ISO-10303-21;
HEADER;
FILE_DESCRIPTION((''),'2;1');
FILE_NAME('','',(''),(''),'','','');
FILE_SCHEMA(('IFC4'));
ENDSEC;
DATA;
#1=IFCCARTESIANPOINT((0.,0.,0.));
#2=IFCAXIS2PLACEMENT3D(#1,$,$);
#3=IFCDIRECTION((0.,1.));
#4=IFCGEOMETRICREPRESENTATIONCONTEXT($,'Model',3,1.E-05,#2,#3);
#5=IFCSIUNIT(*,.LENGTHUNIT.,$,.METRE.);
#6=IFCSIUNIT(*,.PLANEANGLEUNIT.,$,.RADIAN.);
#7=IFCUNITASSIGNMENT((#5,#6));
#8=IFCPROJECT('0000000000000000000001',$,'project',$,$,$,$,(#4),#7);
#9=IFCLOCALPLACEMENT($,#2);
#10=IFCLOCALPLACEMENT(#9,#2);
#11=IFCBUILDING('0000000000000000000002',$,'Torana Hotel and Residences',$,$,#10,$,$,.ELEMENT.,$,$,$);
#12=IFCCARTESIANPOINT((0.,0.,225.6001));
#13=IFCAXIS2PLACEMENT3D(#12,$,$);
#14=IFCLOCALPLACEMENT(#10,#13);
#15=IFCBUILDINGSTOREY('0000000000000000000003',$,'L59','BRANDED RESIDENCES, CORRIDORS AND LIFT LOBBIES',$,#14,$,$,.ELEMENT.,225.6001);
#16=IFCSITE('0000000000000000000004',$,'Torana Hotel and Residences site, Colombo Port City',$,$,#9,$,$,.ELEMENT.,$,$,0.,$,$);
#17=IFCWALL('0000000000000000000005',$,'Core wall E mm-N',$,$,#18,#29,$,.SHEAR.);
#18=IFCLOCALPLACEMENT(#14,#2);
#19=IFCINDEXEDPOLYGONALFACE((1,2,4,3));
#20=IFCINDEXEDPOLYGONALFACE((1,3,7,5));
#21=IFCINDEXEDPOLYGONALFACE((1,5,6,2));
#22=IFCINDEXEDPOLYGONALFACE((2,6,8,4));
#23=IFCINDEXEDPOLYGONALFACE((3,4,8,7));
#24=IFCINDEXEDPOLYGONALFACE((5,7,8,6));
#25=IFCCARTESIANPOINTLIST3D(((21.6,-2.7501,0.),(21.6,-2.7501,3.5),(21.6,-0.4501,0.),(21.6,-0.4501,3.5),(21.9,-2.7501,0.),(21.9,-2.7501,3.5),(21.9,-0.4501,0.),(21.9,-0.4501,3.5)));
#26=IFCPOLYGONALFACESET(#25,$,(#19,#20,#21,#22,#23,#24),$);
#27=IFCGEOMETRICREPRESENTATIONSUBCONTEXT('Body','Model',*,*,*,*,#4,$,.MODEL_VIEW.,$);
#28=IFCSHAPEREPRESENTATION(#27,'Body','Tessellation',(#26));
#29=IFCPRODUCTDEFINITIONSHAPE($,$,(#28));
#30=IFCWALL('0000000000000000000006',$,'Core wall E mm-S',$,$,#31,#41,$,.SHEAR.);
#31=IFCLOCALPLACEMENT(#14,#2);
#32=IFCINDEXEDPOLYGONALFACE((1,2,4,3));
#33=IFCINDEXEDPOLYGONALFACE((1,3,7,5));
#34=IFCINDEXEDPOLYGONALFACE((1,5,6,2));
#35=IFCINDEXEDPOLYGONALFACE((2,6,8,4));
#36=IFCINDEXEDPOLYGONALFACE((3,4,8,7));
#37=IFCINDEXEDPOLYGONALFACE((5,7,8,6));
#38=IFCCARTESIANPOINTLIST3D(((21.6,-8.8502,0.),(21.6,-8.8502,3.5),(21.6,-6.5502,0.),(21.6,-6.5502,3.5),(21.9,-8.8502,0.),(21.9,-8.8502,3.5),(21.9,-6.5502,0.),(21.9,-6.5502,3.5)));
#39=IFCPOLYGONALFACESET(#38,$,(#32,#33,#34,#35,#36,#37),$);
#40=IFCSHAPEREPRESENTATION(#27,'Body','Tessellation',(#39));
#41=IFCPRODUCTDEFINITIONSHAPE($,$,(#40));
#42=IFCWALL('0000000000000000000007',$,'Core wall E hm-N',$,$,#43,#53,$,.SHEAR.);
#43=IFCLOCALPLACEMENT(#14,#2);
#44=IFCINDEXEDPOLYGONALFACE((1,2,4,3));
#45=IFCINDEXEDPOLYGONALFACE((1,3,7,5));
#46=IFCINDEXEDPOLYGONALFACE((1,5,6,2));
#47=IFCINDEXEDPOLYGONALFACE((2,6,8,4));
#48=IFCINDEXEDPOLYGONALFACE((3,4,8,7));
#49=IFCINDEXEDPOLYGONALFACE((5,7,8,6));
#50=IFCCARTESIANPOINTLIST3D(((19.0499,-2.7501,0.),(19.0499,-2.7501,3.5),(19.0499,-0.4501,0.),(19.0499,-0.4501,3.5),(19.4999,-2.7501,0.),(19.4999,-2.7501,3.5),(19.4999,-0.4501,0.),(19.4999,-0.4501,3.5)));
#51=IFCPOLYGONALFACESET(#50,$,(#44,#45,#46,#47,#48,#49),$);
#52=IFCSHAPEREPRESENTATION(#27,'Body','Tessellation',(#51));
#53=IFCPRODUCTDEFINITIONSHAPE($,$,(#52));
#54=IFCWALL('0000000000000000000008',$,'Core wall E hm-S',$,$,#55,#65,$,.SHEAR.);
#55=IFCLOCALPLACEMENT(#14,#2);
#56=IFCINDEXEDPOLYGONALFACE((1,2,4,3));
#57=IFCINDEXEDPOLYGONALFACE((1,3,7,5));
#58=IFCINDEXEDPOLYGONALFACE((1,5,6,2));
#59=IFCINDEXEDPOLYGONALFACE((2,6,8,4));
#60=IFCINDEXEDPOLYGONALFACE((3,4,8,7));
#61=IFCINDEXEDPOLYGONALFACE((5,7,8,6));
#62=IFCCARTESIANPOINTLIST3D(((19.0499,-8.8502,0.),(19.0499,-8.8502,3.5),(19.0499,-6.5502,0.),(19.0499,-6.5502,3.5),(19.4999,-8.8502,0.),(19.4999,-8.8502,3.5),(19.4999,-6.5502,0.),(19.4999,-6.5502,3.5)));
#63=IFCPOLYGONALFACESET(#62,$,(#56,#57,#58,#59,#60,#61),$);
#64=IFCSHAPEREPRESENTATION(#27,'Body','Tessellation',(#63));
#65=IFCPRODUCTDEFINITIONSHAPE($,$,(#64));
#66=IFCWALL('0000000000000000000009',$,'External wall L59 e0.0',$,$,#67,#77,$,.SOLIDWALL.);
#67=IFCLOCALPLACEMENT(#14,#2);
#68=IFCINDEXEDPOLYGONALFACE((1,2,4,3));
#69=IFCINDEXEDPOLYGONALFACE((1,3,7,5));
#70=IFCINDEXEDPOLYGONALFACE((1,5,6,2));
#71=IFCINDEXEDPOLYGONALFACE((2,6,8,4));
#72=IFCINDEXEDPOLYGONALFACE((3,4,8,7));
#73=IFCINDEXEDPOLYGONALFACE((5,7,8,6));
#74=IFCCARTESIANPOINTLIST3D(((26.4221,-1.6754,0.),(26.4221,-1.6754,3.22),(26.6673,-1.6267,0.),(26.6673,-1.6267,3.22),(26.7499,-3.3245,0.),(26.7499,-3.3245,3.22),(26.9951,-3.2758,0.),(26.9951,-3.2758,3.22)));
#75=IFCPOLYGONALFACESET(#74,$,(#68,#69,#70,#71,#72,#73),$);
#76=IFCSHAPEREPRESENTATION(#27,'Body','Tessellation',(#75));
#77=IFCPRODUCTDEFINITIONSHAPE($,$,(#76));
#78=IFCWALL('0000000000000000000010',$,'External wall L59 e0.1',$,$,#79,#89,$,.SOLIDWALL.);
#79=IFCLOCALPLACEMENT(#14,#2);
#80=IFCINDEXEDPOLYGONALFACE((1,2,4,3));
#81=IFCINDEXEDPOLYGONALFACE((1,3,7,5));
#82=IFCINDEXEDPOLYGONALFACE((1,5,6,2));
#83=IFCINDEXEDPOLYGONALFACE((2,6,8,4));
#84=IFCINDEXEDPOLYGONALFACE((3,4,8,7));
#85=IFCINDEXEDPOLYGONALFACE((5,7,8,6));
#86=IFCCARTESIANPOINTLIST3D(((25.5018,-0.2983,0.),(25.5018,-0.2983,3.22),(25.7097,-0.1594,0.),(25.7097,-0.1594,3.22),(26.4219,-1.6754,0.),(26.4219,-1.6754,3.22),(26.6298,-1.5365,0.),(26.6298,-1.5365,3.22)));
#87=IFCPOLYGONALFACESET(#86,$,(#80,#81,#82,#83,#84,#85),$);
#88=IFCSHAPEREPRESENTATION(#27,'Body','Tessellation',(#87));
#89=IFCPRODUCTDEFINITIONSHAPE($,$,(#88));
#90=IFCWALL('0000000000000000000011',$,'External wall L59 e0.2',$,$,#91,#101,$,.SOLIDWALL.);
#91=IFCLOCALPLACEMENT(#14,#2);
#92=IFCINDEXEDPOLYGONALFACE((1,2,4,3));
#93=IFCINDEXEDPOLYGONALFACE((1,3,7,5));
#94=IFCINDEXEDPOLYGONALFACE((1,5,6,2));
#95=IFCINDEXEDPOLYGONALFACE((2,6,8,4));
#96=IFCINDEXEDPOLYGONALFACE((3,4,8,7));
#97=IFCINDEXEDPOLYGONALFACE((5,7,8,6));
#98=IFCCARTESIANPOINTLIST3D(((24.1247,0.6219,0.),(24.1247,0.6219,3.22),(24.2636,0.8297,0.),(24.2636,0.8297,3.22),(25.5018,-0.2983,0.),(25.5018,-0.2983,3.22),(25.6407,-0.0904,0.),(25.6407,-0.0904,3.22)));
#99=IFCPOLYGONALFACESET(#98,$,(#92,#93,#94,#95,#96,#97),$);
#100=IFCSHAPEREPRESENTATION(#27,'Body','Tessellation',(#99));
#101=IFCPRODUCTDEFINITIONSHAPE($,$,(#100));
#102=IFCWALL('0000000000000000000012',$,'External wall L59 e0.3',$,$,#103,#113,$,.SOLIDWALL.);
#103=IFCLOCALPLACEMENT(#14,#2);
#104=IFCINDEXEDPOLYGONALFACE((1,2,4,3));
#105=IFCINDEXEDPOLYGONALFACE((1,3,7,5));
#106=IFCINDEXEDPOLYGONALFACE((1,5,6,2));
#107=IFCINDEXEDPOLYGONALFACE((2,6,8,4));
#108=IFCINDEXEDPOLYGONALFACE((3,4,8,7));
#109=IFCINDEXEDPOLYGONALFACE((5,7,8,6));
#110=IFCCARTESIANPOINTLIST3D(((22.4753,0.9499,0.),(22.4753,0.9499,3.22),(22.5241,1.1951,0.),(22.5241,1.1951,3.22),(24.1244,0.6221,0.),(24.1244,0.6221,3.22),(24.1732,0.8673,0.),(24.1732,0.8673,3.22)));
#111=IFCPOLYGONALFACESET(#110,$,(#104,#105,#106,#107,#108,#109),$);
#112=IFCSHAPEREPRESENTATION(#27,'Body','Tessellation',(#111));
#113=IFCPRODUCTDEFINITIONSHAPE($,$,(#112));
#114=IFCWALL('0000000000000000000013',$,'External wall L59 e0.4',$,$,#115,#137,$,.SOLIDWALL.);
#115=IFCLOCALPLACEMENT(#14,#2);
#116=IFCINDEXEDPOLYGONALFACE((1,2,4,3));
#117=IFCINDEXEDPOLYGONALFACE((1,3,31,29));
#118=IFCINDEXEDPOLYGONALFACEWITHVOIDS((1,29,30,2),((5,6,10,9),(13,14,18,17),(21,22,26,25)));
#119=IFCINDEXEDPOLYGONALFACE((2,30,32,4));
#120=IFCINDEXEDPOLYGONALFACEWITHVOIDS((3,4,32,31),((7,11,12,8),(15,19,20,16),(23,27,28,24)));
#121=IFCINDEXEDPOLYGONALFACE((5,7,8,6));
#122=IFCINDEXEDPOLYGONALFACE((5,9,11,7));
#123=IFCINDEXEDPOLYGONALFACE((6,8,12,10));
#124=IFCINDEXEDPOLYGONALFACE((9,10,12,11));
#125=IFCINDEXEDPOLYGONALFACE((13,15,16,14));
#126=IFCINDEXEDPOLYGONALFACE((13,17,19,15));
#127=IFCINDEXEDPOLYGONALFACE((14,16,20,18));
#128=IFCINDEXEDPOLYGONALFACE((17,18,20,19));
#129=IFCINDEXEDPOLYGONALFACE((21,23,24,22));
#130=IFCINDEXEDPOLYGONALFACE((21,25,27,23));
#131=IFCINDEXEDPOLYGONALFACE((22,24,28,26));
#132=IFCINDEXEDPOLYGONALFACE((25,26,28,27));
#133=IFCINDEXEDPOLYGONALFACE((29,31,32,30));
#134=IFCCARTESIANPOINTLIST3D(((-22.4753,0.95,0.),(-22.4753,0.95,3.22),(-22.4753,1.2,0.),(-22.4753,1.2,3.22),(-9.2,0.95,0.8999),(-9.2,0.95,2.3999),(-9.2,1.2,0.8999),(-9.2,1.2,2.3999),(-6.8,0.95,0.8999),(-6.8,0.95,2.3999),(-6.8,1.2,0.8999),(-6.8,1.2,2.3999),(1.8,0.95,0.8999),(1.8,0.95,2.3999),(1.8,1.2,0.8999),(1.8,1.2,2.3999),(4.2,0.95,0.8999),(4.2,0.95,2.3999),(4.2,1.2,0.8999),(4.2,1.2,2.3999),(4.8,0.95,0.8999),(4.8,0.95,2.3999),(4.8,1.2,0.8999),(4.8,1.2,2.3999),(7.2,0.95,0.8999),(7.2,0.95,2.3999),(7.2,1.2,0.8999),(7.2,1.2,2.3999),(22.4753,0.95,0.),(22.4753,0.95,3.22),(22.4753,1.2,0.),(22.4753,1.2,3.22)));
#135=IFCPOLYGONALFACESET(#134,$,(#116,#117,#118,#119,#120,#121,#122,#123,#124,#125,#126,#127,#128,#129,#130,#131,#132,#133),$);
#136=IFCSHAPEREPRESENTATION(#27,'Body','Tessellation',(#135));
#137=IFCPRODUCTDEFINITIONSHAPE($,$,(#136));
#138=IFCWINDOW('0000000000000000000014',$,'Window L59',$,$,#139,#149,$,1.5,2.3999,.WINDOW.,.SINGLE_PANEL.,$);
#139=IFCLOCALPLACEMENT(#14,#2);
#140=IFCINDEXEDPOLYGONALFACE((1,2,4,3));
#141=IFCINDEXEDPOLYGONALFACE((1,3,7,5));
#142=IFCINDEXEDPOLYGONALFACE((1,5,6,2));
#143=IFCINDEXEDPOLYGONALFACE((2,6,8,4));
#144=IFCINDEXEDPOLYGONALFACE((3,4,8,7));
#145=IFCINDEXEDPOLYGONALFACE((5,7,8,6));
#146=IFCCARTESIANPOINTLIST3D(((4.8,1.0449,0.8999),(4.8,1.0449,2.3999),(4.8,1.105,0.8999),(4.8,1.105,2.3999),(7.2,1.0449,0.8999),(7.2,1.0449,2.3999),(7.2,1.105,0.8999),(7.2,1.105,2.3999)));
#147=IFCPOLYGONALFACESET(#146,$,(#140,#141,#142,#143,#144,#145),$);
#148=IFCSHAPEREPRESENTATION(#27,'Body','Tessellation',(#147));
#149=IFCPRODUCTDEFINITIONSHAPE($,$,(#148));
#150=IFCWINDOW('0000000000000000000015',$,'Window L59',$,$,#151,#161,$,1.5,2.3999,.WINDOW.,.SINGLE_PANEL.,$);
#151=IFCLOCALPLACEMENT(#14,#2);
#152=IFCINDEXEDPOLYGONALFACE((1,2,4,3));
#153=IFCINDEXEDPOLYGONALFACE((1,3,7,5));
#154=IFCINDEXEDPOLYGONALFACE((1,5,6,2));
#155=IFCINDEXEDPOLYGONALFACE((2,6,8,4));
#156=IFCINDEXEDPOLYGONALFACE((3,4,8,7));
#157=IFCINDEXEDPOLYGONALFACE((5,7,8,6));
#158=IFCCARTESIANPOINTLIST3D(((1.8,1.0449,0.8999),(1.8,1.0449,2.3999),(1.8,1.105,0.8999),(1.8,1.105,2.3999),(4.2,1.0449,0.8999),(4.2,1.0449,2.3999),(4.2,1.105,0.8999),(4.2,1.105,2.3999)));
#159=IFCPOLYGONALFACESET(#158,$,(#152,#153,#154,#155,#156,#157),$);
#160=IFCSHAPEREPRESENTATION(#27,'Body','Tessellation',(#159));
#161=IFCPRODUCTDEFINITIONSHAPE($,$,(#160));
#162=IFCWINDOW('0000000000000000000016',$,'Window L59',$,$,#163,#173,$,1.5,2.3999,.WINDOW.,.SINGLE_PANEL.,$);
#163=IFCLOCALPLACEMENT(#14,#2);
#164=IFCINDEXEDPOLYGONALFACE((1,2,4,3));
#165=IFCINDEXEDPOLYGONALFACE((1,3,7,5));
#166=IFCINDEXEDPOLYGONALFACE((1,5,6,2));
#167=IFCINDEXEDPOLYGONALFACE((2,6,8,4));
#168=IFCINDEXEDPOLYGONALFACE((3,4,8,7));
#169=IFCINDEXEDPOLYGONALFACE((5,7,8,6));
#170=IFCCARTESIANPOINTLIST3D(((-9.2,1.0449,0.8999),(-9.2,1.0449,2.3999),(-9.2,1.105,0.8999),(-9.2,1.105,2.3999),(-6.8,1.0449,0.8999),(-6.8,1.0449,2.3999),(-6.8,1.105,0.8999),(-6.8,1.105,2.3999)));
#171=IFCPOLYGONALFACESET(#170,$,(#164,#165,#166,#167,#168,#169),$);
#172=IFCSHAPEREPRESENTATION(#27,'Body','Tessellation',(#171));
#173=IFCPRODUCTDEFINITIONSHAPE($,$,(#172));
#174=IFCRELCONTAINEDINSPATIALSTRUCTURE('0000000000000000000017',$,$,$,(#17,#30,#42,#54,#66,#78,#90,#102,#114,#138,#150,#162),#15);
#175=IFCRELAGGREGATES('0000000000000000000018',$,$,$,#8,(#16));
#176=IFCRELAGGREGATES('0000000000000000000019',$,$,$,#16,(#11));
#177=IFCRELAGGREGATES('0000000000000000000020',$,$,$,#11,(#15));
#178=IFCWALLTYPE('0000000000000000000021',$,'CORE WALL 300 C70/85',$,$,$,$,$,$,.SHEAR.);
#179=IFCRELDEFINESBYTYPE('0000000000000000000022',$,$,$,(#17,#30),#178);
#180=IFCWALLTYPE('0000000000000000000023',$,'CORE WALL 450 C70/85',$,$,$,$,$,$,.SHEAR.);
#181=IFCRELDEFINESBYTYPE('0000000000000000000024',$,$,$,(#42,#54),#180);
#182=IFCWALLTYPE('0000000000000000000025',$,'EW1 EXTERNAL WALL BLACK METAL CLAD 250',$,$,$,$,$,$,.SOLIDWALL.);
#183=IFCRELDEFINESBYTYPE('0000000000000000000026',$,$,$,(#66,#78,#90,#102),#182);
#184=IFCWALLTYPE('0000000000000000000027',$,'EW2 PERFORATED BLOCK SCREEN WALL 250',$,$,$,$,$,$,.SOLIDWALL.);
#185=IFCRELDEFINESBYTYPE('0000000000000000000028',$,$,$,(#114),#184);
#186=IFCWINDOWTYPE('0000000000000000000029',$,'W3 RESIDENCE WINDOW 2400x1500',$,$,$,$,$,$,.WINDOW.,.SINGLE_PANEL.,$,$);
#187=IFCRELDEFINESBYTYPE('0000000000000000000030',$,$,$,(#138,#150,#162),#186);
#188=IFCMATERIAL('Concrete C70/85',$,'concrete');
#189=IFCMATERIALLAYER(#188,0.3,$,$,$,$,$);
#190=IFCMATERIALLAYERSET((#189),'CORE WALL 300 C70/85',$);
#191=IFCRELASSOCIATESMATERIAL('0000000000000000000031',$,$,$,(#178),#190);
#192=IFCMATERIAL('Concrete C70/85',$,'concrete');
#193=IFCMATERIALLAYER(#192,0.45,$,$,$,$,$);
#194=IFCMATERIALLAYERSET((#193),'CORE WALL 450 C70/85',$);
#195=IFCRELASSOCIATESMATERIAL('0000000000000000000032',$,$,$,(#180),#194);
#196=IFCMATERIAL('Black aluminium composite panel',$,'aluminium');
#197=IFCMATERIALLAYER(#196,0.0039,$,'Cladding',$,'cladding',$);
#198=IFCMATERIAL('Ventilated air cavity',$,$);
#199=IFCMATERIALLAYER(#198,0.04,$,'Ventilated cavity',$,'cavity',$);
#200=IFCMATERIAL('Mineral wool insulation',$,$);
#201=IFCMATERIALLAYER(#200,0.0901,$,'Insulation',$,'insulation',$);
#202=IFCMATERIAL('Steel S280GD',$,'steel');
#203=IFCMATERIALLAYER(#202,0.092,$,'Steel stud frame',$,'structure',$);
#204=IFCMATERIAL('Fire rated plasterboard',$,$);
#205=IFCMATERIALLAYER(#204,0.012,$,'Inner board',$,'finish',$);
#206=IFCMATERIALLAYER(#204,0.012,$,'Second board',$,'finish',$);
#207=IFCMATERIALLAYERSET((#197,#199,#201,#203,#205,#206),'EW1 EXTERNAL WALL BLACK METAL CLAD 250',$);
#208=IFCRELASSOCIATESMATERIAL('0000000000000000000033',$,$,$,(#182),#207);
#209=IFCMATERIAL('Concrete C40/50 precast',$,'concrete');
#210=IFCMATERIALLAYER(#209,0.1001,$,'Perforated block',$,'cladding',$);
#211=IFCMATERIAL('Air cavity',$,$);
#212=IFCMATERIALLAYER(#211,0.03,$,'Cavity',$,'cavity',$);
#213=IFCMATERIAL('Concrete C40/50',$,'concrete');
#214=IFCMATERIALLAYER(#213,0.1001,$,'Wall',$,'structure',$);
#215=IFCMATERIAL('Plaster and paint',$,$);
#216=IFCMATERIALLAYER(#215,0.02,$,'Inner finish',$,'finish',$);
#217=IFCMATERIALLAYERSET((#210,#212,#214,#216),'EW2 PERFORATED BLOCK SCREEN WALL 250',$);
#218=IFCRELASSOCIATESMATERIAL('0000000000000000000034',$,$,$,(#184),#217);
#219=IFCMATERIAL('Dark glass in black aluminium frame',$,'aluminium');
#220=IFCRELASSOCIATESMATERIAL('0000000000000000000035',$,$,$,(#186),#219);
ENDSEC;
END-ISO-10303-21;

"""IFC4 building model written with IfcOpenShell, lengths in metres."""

from ifc_helpers import new_model, si_unit, direction, frame, frame_2d, origin, place, context, subcontext, project, spatial, rectangle, extrude, material, layer, layer_set, type_object, element, fill, save


model = new_model("IFC4")

# Units and contexts
model_context = context("Model", 3, precision=1e-05, world=origin(), true_north=direction((0.0, 1.0)))
body_context = subcontext(model_context, "Body", "Model", "MODEL_VIEW")
ifc_project = project(units=[si_unit("LENGTHUNIT", "METRE"), si_unit("PLANEANGLEUNIT", "RADIAN")], contexts=[model_context])

# Site, building, storey
site_placement = place(None, origin())
site = spatial("IfcSite", under=ifc_project, at=site_placement, Name="Torana Hotel and Residences site, Colombo Port City", CompositionType="ELEMENT", RefElevation=0.0)
building_placement = place(site_placement, origin())
building = spatial("IfcBuilding", under=site, at=building_placement, Name="Torana Hotel and Residences", CompositionType="ELEMENT")
storey_placement = place(building_placement, frame((0.0, 0.0, 225.6001)))
storey = spatial("IfcBuildingStorey", under=building, at=storey_placement, Name="L59", Description="BRANDED RESIDENCES, CORRIDORS AND LIFT LOBBIES", CompositionType="ELEMENT", Elevation=225.6001)

# Walls
ifc_material_1 = material(Name="Concrete C70/85", Category="concrete")
ifc_layer_1 = layer(ifc_material_1, 0.3)
ifc_layer_set_1 = layer_set([ifc_layer_1], Name="CORE WALL 300 C70/85")
wall_type_1 = type_object("IfcWallType", Name="CORE WALL 300 C70/85", PredefinedType="SHEAR", material=ifc_layer_set_1)
for number, where, z_axis, x_axis, name in (
    (1, (21.75, -2.75, 0.0), (0.0, 0.0, 1.0), (0.0, 1.0, 0.0), "Core wall E mm-N"),
    (2, (21.75, -8.8501, 0.0), (0.0, 0.0, 1.0), (0.0, 1.0, 0.0), "Core wall E mm-S"),
):
    element("IfcWall", number, at=place(storey_placement, frame(where, z_axis=z_axis, x_axis=x_axis)), inside=storey, type_object=wall_type_1, Name=name, PredefinedType="SHEAR", context=body_context, shape_type="SweptSolid", body=[
        extrude(rectangle(XDim=2.3, YDim=0.3, at=frame_2d((1.1499, 0.0))), origin(), (0.0, 0.0, 1.0), 3.5),
    ])
ifc_material_2 = material(Name="Concrete C70/85", Category="concrete")
ifc_layer_2 = layer(ifc_material_2, 0.45)
ifc_layer_set_2 = layer_set([ifc_layer_2], Name="CORE WALL 450 C70/85")
wall_type_2 = type_object("IfcWallType", Name="CORE WALL 450 C70/85", PredefinedType="SHEAR", material=ifc_layer_set_2)
for number, where, z_axis, x_axis, name in (
    (3, (19.2749, -2.75, 0.0), (0.0, 0.0, 1.0), (0.0, 1.0, 0.0), "Core wall E hm-N"),
    (4, (19.2749, -8.8501, 0.0), (0.0, 0.0, 1.0), (0.0, 1.0, 0.0), "Core wall E hm-S"),
):
    element("IfcWall", number, at=place(storey_placement, frame(where, z_axis=z_axis, x_axis=x_axis)), inside=storey, type_object=wall_type_2, Name=name, PredefinedType="SHEAR", context=body_context, shape_type="SweptSolid", body=[
        extrude(rectangle(XDim=2.3, YDim=0.45, at=frame_2d((1.1499, 0.0))), origin(), (0.0, 0.0, 1.0), 3.5),
    ])
ifc_material_3 = material(Name="Black aluminium composite panel", Category="aluminium")
ifc_layer_3 = layer(ifc_material_3, 0.0039, Name="Cladding", Category="cladding")
ifc_material_4 = material(Name="Ventilated air cavity")
ifc_layer_4 = layer(ifc_material_4, 0.04, Name="Ventilated cavity", Category="cavity")
ifc_material_5 = material(Name="Mineral wool insulation")
ifc_layer_5 = layer(ifc_material_5, 0.0901, Name="Insulation", Category="insulation")
ifc_material_6 = material(Name="Steel S280GD", Category="steel")
ifc_layer_6 = layer(ifc_material_6, 0.092, Name="Steel stud frame", Category="structure")
ifc_material_7 = material(Name="Fire rated plasterboard")
ifc_layer_7 = layer(ifc_material_7, 0.012, Name="Inner board", Category="finish")
ifc_layer_8 = layer(ifc_material_7, 0.012, Name="Second board", Category="finish")
ifc_layer_set_3 = layer_set([ifc_layer_3, ifc_layer_4, ifc_layer_5, ifc_layer_6, ifc_layer_7, ifc_layer_8], Name="EW1 EXTERNAL WALL BLACK METAL CLAD 250")
wall_type_3 = type_object("IfcWallType", Name="EW1 EXTERNAL WALL BLACK METAL CLAD 250", PredefinedType="SOLIDWALL", material=ifc_layer_set_3)
wall_1_placement = place(storey_placement, frame((26.8726, -3.3003, 0.0), z_axis=(0.0, 0.0, 1.0), x_axis=(-0.194999, 0.980803, 0.0)))
element("IfcWall", 5, at=wall_1_placement, inside=storey, type_object=wall_type_3, Name="External wall L59 e0.0", PredefinedType="SOLIDWALL", context=body_context, shape_type="SweptSolid", body=[
    extrude(rectangle(XDim=1.6814, YDim=0.25, at=frame_2d((0.8408, 0.0))), origin(), (0.0, 0.0, 1.0), 3.22),
])
for number, where, z_axis, x_axis, name in (
    (6, (26.5259, -1.606, 0.0), (0.0, 0.0, 1.0), (-0.55555, 0.831483, 0.0), "External wall L59 e0.1"),
    (7, (25.5713, -0.1943, 0.0), (0.0, 0.0, 1.0), (-0.831483, 0.55555, 0.0), "External wall L59 e0.2"),
):
    element("IfcWall", number, at=place(storey_placement, frame(where, z_axis=z_axis, x_axis=x_axis)), inside=storey, type_object=wall_type_3, Name=name, PredefinedType="SOLIDWALL", context=body_context, shape_type="SweptSolid", body=[
        extrude(rectangle(XDim=1.6562, YDim=0.25, at=frame_2d((0.8281, 0.0))), origin(), (0.0, 0.0, 1.0), 3.22),
    ])
wall_2_placement = place(storey_placement, frame((24.1489, 0.7446, 0.0), z_axis=(0.0, 0.0, 1.0), x_axis=(-0.980803, 0.194999, 0.0)))
element("IfcWall", 8, at=wall_2_placement, inside=storey, type_object=wall_type_3, Name="External wall L59 e0.3", PredefinedType="SOLIDWALL", context=body_context, shape_type="SweptSolid", body=[
    extrude(rectangle(XDim=1.6814, YDim=0.25, at=frame_2d((0.8408, 0.0))), origin(), (0.0, 0.0, 1.0), 3.22),
])

# Wall, openings, windows
ifc_material_8 = material(Name="Concrete C40/50 precast", Category="concrete")
ifc_layer_9 = layer(ifc_material_8, 0.1001, Name="Perforated block", Category="cladding")
ifc_material_9 = material(Name="Air cavity")
ifc_layer_10 = layer(ifc_material_9, 0.03, Name="Cavity", Category="cavity")
ifc_material_10 = material(Name="Concrete C40/50", Category="concrete")
ifc_layer_11 = layer(ifc_material_10, 0.1001, Name="Wall", Category="structure")
ifc_material_11 = material(Name="Plaster and paint")
ifc_layer_12 = layer(ifc_material_11, 0.02, Name="Inner finish", Category="finish")
ifc_layer_set_4 = layer_set([ifc_layer_9, ifc_layer_10, ifc_layer_11, ifc_layer_12], Name="EW2 PERFORATED BLOCK SCREEN WALL 250")
wall_type_4 = type_object("IfcWallType", Name="EW2 PERFORATED BLOCK SCREEN WALL 250", PredefinedType="SOLIDWALL", material=ifc_layer_set_4)
wall_3_placement = place(storey_placement, frame((22.4753, 1.075, 0.0), z_axis=(0.0, 0.0, 1.0), x_axis=(-1.0, 0.0, 0.0)))
wall_3 = element("IfcWall", 9, at=wall_3_placement, inside=storey, type_object=wall_type_4, Name="External wall L59 e0.4", PredefinedType="SOLIDWALL", context=body_context, shape_type="SweptSolid", body=[
    extrude(rectangle(XDim=44.9507, YDim=0.25, at=frame_2d((22.4753, 0.0))), origin(), (0.0, 0.0, 1.0), 3.22),
])
opening_1_placement = place(wall_3_placement, frame((15.2754, 0.0, 0.8999)))
opening_1 = element("IfcOpeningElement", 10, at=opening_1_placement, cuts=wall_3, PredefinedType="OPENING", context=body_context, shape_type="SweptSolid", body=[
    extrude(rectangle(XDim=2.3999, YDim=1.5, at=frame_2d((1.2, 0.75))), frame((0.0, 0.135, 0.0), z_axis=(0.0, -1.0, 0.0), x_axis=(1.0, 0.0, 0.0)), (0.0, 0.0, 1.0), 0.27),
])
opening_2_placement = place(wall_3_placement, frame((18.2754, 0.0, 0.8999)))
opening_2 = element("IfcOpeningElement", 11, at=opening_2_placement, cuts=wall_3, PredefinedType="OPENING", context=body_context, shape_type="SweptSolid", body=[
    extrude(rectangle(XDim=2.3999, YDim=1.5, at=frame_2d((1.2, 0.75))), frame((0.0, 0.135, 0.0), z_axis=(0.0, -1.0, 0.0), x_axis=(1.0, 0.0, 0.0)), (0.0, 0.0, 1.0), 0.27),
])
opening_3_placement = place(wall_3_placement, frame((29.2754, 0.0, 0.8999)))
opening_3 = element("IfcOpeningElement", 12, at=opening_3_placement, cuts=wall_3, PredefinedType="OPENING", context=body_context, shape_type="SweptSolid", body=[
    extrude(rectangle(XDim=2.3999, YDim=1.5, at=frame_2d((1.2, 0.75))), frame((0.0, 0.135, 0.0), z_axis=(0.0, -1.0, 0.0), x_axis=(1.0, 0.0, 0.0)), (0.0, 0.0, 1.0), 0.27),
])
ifc_material_12 = material(Name="Dark glass in black aluminium frame", Category="aluminium")
window_type = type_object("IfcWindowType", Name="W3 RESIDENCE WINDOW 2400x1500", PartitioningType="SINGLE_PANEL", PredefinedType="WINDOW", material=ifc_material_12)
window_1_placement = place(opening_1_placement, origin())
window_1 = element("IfcWindow", 13, at=window_1_placement, inside=storey, type_object=window_type, Name="Window L59", OverallHeight=1.5, OverallWidth=2.3999, PartitioningType="SINGLE_PANEL", PredefinedType="WINDOW", context=body_context, shape_type="SweptSolid", body=[
    extrude(rectangle(XDim=2.3999, YDim=1.5, at=frame_2d((1.2, 0.75))), frame((0.0, 0.03, 0.0), z_axis=(0.0, -1.0, 0.0), x_axis=(1.0, 0.0, 0.0)), (0.0, 0.0, 1.0), 0.0601),
])
fill(opening_1, window_1)
window_2_placement = place(opening_2_placement, origin())
window_2 = element("IfcWindow", 14, at=window_2_placement, inside=storey, type_object=window_type, Name="Window L59", OverallHeight=1.5, OverallWidth=2.3999, PartitioningType="SINGLE_PANEL", PredefinedType="WINDOW", context=body_context, shape_type="SweptSolid", body=[
    extrude(rectangle(XDim=2.3999, YDim=1.5, at=frame_2d((1.2, 0.75))), frame((0.0, 0.03, 0.0), z_axis=(0.0, -1.0, 0.0), x_axis=(1.0, 0.0, 0.0)), (0.0, 0.0, 1.0), 0.0601),
])
fill(opening_2, window_2)
window_3_placement = place(opening_3_placement, origin())
window_3 = element("IfcWindow", 15, at=window_3_placement, inside=storey, type_object=window_type, Name="Window L59", OverallHeight=1.5, OverallWidth=2.3999, PartitioningType="SINGLE_PANEL", PredefinedType="WINDOW", context=body_context, shape_type="SweptSolid", body=[
    extrude(rectangle(XDim=2.3999, YDim=1.5, at=frame_2d((1.2, 0.75))), frame((0.0, 0.03, 0.0), z_axis=(0.0, -1.0, 0.0), x_axis=(1.0, 0.0, 0.0)), (0.0, 0.0, 1.0), 0.0601),
])
fill(opening_3, window_3)

save(model, "model.ifc")
